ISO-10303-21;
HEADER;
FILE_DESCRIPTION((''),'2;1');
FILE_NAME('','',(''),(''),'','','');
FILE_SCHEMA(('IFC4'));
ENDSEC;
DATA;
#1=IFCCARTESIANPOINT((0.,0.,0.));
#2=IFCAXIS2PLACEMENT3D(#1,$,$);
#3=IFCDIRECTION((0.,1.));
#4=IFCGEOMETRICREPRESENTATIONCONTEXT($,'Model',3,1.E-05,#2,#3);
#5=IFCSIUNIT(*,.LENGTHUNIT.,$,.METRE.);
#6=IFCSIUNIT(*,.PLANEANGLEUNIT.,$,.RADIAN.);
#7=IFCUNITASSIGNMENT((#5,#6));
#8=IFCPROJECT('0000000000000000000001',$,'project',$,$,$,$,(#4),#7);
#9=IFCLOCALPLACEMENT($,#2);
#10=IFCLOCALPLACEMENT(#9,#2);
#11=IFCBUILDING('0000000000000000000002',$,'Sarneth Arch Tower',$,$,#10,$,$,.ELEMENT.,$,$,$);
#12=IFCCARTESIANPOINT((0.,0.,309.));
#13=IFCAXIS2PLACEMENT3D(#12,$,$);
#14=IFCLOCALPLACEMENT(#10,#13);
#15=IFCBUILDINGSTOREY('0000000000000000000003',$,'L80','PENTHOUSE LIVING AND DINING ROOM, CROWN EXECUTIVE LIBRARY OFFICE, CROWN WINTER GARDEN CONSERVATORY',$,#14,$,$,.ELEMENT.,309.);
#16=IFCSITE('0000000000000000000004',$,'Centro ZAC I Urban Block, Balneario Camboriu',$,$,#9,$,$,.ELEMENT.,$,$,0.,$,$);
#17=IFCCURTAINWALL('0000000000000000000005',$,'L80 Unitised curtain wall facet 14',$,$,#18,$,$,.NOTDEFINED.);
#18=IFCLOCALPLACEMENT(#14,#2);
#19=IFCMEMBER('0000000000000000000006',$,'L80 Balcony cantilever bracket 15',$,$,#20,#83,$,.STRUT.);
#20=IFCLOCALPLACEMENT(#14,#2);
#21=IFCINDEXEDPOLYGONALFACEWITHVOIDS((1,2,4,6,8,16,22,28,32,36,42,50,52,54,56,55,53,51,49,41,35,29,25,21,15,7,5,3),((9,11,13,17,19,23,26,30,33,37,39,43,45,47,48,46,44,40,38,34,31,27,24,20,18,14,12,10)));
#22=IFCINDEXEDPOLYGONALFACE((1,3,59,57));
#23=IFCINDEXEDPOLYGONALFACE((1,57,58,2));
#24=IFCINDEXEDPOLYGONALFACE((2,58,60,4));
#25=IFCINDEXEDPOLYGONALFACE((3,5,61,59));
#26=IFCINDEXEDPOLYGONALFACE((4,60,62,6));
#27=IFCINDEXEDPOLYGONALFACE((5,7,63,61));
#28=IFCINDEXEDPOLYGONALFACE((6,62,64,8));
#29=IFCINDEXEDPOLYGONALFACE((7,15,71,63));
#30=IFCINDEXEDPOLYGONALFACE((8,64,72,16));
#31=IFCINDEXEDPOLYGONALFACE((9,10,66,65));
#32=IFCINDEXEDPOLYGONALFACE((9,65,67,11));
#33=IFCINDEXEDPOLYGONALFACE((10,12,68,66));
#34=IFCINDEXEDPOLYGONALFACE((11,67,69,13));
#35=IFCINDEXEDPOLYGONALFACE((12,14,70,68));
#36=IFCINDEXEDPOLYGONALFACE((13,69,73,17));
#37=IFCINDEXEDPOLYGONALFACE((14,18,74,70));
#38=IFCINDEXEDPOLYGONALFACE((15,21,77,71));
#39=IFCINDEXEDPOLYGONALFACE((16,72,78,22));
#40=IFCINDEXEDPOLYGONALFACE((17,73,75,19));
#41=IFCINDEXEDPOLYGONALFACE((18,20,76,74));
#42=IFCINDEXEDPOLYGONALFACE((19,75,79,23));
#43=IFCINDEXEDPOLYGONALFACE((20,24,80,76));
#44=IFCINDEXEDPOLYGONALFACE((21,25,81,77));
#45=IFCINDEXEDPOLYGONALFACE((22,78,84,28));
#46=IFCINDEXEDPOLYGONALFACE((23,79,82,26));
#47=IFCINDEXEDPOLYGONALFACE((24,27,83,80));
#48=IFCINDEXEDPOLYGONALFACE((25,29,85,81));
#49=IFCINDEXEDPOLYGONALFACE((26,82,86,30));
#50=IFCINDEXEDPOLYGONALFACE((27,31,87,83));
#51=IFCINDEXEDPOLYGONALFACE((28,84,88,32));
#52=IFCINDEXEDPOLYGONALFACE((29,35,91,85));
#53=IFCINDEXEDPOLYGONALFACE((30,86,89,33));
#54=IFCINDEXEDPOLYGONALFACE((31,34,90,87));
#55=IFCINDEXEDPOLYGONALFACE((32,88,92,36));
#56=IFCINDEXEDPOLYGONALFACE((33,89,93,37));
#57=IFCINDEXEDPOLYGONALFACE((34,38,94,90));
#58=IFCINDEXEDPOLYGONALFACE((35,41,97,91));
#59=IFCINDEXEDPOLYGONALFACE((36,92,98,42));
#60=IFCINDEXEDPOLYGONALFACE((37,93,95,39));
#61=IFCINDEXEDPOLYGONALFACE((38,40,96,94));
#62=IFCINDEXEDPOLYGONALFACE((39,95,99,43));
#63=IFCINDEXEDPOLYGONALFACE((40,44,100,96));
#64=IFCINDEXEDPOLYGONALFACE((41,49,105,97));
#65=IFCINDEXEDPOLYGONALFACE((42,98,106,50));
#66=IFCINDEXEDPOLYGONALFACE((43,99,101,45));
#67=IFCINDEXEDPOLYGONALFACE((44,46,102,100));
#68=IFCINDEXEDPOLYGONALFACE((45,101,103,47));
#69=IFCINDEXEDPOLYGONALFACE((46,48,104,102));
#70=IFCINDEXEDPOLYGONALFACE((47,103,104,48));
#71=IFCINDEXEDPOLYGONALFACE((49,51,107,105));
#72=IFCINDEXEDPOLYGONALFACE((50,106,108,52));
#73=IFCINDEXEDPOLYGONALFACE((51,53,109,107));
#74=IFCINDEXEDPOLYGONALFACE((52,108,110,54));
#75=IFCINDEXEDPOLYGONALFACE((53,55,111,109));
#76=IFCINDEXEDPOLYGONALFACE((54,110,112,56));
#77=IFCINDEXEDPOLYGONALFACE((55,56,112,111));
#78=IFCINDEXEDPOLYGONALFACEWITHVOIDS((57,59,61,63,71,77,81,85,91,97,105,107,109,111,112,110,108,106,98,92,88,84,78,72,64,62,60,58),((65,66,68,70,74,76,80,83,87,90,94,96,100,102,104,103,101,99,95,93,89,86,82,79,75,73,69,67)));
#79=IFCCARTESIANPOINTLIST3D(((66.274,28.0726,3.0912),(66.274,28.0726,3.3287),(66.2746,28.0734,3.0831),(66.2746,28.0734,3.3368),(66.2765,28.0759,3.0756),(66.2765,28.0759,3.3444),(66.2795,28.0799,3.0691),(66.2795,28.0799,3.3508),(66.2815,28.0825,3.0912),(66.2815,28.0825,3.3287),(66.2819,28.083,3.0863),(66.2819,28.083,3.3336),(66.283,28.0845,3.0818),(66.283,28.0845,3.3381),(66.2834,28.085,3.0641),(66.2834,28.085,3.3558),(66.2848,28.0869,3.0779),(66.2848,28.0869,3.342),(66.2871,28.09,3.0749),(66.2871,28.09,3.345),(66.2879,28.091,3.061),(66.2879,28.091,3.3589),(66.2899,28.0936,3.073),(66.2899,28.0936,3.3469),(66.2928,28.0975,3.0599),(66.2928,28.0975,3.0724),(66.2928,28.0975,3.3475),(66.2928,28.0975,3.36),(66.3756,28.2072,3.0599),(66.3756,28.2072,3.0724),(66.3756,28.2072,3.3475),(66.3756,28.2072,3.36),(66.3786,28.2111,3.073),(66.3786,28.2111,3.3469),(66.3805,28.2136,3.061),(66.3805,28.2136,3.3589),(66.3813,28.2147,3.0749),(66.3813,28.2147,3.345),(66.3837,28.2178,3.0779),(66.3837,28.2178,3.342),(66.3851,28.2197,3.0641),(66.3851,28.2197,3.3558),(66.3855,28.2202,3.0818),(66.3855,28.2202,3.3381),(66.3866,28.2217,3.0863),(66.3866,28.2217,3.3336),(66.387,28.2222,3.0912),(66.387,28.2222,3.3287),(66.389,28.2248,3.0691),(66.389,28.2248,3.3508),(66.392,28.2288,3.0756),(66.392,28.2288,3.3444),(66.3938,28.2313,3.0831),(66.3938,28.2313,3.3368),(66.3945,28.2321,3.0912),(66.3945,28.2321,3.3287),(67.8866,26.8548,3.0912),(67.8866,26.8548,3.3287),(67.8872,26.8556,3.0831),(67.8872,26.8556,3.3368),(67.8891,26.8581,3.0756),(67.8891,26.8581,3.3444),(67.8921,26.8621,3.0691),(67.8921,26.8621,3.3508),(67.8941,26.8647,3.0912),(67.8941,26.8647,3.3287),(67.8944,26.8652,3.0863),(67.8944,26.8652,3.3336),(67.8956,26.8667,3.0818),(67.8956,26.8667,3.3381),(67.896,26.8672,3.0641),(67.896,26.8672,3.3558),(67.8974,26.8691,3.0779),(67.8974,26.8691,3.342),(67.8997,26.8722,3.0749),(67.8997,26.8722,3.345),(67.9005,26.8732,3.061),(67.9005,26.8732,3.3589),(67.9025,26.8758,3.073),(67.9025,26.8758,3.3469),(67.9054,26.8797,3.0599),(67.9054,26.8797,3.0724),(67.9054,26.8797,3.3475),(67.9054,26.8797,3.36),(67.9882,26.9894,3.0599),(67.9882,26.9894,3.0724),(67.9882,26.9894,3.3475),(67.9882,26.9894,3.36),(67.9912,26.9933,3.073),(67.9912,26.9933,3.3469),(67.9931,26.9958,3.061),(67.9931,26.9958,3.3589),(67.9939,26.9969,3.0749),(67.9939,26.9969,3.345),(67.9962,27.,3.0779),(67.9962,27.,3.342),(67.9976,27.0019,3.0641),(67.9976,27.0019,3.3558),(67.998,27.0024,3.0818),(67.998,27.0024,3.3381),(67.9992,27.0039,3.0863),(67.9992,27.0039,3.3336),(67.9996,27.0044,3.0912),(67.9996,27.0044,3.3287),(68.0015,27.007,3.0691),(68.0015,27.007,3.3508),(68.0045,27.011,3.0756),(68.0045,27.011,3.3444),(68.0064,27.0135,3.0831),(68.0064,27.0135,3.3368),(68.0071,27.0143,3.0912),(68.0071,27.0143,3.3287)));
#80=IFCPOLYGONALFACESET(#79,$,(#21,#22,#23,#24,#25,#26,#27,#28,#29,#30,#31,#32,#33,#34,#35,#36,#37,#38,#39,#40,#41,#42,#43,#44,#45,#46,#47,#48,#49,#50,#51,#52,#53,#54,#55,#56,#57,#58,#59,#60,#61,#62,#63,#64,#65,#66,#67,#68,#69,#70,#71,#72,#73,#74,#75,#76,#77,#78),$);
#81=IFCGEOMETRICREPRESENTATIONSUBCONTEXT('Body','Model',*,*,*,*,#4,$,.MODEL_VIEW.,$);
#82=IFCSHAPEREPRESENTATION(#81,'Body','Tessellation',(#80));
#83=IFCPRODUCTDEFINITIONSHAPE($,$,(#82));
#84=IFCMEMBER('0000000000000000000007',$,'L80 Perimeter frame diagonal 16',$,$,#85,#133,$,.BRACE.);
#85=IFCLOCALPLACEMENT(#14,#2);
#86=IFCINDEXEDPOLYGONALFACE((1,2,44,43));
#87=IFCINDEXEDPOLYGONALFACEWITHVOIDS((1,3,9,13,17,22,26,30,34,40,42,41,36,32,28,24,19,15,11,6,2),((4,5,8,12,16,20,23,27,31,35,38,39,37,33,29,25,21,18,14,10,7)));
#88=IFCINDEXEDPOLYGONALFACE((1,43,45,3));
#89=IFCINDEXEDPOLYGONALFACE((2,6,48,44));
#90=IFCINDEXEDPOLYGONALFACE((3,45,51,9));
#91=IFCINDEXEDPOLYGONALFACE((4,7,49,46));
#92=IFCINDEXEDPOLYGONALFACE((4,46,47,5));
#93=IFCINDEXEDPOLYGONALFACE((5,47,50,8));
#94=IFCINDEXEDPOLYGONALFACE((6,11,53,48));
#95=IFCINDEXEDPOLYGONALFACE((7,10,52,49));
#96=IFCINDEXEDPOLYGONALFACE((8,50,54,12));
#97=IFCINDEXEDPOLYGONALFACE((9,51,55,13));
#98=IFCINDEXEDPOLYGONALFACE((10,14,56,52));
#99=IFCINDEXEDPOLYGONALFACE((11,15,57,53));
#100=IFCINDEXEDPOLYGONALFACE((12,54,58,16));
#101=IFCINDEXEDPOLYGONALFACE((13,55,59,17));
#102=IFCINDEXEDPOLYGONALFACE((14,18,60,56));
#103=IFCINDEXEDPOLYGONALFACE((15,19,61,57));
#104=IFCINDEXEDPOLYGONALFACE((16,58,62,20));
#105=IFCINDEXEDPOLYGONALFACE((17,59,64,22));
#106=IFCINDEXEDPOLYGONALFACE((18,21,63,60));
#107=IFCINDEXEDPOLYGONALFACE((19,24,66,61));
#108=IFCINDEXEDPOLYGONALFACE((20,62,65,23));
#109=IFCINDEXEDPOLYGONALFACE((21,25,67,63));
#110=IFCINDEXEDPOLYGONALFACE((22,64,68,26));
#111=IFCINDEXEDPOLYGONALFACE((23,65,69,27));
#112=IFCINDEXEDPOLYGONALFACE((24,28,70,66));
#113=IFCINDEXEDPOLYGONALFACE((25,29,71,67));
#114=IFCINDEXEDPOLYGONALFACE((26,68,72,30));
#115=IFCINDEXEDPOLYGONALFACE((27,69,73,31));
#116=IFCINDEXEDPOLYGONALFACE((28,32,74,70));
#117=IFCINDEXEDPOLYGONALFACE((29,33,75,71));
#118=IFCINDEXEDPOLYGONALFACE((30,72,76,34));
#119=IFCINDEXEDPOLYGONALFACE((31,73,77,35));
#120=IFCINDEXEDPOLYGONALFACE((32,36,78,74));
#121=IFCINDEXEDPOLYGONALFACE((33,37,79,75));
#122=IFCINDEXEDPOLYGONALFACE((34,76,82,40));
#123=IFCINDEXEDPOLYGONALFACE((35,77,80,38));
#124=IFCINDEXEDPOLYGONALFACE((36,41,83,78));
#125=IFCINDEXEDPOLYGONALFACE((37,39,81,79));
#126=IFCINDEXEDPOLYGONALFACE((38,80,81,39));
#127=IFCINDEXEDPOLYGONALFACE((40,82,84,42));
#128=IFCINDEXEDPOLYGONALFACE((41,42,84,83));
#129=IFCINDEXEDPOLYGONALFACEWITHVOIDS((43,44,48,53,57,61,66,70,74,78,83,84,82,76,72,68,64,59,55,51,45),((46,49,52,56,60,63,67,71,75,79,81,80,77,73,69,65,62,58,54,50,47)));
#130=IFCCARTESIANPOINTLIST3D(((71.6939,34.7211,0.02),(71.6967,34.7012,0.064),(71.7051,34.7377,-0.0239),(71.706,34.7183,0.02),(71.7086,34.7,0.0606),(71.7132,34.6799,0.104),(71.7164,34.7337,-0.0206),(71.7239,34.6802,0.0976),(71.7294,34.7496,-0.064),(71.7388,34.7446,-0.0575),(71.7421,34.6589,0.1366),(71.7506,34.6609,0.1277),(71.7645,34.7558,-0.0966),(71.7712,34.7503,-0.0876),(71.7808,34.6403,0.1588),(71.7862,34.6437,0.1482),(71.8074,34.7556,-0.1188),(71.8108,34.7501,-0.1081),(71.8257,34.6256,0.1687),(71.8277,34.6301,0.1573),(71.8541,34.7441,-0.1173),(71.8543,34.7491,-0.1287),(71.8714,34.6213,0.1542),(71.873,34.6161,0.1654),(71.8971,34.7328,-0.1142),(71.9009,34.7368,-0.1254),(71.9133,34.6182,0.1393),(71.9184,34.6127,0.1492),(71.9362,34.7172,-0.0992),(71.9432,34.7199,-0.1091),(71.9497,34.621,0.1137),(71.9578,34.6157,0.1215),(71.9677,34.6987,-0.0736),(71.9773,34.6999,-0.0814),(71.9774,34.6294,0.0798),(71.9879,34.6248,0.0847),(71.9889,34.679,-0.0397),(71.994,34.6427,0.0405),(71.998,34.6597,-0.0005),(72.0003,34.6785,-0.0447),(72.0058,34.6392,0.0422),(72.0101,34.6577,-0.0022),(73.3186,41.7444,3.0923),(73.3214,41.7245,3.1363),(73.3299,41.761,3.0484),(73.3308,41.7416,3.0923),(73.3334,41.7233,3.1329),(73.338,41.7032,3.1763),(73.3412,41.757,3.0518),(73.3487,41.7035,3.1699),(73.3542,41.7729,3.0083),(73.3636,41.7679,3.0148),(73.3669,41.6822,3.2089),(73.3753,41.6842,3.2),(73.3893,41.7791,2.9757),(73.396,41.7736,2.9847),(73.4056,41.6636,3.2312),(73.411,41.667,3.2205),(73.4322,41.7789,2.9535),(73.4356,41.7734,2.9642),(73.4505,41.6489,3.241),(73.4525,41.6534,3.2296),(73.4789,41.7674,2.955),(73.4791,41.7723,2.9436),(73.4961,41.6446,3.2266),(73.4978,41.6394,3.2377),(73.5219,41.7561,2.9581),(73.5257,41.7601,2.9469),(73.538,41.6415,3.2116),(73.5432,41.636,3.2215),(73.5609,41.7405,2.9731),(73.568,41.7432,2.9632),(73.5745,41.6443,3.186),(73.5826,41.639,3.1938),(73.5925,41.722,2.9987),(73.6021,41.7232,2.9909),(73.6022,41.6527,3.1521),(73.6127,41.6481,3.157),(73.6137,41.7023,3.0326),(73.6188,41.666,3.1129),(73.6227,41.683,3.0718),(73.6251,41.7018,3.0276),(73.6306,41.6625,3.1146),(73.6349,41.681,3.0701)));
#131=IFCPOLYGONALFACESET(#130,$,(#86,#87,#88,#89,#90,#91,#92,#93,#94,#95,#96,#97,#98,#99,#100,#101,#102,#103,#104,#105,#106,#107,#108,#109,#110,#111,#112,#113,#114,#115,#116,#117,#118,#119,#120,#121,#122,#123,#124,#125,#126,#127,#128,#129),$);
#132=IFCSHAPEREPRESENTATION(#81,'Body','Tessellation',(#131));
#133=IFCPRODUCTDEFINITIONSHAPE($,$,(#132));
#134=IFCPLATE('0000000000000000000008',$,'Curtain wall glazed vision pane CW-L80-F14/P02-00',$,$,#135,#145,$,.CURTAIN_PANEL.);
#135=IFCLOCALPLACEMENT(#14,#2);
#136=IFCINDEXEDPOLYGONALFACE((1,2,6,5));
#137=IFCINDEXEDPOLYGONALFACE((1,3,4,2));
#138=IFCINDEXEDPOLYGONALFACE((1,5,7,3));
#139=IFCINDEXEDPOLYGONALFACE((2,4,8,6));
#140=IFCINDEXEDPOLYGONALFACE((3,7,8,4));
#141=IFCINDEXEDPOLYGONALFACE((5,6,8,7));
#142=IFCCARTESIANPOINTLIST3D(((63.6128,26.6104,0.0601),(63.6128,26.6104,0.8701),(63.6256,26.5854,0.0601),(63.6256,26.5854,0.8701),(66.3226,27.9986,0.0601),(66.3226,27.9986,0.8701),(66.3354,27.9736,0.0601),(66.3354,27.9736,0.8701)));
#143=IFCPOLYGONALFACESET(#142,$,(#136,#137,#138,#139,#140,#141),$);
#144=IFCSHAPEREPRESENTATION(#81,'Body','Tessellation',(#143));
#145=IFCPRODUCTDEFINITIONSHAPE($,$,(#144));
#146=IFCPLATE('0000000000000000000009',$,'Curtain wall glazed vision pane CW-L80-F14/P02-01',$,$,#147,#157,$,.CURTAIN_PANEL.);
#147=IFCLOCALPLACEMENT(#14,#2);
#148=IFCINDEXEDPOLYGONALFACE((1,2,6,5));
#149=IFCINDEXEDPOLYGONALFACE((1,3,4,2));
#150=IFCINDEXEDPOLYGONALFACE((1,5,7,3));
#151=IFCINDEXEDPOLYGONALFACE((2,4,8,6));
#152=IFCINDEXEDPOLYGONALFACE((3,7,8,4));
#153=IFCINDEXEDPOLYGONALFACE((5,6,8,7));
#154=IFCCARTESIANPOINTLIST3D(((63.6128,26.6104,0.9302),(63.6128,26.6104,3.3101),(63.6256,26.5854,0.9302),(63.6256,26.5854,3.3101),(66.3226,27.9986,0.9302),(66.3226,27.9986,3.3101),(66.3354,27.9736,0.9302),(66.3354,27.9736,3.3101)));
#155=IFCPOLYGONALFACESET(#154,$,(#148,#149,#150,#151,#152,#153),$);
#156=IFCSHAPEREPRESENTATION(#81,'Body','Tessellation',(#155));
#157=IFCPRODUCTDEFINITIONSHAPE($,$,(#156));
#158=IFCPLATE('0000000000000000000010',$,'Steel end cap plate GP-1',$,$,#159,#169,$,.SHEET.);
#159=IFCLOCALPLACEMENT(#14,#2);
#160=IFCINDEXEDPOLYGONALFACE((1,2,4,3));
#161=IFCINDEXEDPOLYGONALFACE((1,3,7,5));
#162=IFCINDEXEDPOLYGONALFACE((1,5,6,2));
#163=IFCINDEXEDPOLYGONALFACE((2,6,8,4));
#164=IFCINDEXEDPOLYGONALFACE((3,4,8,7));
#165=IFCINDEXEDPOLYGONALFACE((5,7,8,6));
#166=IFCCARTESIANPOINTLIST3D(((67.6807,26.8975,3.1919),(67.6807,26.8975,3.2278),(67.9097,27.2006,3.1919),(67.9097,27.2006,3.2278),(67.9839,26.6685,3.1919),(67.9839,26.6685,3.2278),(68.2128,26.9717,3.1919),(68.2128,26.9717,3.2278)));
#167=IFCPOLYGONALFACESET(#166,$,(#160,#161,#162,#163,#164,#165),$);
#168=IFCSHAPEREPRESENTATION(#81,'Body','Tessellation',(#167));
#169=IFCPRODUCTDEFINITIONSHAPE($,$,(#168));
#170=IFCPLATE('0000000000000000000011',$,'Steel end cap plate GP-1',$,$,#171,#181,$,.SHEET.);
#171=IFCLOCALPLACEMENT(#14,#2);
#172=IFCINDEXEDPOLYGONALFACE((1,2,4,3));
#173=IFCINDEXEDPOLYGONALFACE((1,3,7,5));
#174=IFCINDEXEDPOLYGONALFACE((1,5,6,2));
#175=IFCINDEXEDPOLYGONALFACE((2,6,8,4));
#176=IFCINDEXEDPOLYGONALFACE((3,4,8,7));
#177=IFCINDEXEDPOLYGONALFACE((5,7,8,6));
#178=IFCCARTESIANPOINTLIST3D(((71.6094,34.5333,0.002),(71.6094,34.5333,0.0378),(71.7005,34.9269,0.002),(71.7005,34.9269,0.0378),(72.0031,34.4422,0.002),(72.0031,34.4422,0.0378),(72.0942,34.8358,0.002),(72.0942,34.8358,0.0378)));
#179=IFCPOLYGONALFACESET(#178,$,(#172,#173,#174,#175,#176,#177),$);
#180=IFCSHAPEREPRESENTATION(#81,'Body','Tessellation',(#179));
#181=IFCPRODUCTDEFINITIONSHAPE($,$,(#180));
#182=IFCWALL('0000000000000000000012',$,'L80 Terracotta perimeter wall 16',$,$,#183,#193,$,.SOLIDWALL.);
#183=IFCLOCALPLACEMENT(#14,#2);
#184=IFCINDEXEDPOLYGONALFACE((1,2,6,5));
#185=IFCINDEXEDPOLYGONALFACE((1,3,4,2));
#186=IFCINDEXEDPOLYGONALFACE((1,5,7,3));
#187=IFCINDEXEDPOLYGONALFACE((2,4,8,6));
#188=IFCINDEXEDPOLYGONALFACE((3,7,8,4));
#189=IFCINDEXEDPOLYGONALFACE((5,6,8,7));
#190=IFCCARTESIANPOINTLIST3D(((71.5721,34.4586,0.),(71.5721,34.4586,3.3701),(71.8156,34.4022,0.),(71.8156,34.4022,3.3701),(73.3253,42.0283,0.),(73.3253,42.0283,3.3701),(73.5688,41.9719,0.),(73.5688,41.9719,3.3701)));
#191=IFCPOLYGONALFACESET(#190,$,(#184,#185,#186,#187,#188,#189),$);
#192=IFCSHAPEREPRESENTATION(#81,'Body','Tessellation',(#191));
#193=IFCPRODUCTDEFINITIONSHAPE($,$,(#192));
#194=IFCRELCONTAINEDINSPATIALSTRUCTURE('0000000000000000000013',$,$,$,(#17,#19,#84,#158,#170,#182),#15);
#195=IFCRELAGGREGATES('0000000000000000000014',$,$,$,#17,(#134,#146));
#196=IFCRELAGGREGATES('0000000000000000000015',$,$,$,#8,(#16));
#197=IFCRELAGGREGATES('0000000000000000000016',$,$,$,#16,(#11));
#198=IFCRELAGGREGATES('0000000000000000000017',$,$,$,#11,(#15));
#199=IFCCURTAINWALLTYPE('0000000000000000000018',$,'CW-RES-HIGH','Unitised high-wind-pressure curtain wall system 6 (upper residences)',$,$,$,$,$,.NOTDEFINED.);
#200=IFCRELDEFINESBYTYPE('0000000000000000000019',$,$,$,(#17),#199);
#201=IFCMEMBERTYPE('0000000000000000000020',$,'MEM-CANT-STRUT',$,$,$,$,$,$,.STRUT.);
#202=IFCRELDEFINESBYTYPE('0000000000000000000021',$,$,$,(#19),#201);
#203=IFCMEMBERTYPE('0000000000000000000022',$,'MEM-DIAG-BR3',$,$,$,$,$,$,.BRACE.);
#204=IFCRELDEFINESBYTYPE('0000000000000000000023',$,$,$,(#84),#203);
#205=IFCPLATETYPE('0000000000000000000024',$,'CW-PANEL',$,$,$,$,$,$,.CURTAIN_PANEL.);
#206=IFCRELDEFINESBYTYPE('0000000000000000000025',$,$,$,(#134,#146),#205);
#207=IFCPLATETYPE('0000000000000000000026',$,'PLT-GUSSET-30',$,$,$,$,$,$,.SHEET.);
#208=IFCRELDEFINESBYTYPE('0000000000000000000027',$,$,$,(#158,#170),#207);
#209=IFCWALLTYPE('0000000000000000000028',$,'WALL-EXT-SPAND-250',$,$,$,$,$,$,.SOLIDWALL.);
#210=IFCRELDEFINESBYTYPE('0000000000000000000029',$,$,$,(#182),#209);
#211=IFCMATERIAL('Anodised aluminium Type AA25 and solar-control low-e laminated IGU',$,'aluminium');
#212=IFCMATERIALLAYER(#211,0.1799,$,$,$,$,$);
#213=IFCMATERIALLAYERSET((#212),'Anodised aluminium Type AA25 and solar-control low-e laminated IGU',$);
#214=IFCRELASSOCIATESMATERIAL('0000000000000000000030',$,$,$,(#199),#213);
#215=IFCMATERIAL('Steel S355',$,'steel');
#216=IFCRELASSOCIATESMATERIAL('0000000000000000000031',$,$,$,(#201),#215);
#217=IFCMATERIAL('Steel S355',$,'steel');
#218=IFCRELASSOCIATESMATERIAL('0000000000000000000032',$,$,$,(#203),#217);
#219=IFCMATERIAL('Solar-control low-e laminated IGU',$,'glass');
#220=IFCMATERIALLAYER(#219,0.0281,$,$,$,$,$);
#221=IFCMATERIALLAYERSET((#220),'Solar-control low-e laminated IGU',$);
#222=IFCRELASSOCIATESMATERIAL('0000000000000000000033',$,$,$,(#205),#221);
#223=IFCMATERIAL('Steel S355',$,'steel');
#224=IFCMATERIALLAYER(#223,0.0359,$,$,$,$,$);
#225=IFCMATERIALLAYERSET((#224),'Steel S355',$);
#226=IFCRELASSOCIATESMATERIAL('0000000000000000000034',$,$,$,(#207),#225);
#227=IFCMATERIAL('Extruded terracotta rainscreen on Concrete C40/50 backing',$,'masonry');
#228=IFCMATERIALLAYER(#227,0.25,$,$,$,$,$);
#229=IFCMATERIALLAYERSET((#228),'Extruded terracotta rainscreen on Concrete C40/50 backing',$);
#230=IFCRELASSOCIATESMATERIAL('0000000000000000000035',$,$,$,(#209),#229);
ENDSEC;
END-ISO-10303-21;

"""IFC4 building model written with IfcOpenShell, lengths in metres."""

from ifc_helpers import new_model, si_unit, direction, frame, frame_2d, origin, origin_2d, place, context, subcontext, project, spatial, rectangle, hollow_rectangle, hollow_circle, extrude, material, layer, layer_set, material_profile, profile_set, type_object, element, aggregate, save


model = new_model("IFC4")

# Units and contexts
model_context = context("Model", 3, precision=1e-05, world=origin(), true_north=direction((0.0, 1.0)))
body_context = subcontext(model_context, "Body", "Model", "MODEL_VIEW")
ifc_project = project(units=[si_unit("LENGTHUNIT", "METRE"), si_unit("PLANEANGLEUNIT", "RADIAN")], contexts=[model_context])

# Site, building, storey
site_placement = place(None, origin())
site = spatial("IfcSite", under=ifc_project, at=site_placement, Name="Centro ZAC I Urban Block, Balneario Camboriu", CompositionType="ELEMENT", RefElevation=0.0)
building_placement = place(site_placement, origin())
building = spatial("IfcBuilding", under=site, at=building_placement, Name="Sarneth Arch Tower", CompositionType="ELEMENT")
storey_placement = place(building_placement, frame((0.0, 0.0, 309.0)))
storey = spatial("IfcBuildingStorey", under=building, at=storey_placement, Name="L80", Description="PENTHOUSE LIVING AND DINING ROOM, CROWN EXECUTIVE LIBRARY OFFICE, CROWN WINTER GARDEN CONSERVATORY", CompositionType="ELEMENT", Elevation=309.0)

# Curtain wall
ifc_material_1 = material(Name="Anodised aluminium Type AA25 and solar-control low-e laminated IGU", Category="aluminium")
ifc_layer_1 = layer(ifc_material_1, 0.1799)
ifc_layer_set_1 = layer_set([ifc_layer_1], Name="Anodised aluminium Type AA25 and solar-control low-e laminated IGU")
curtain_wall_type = type_object("IfcCurtainWallType", Name="CW-RES-HIGH", Description="Unitised high-wind-pressure curtain wall system 6 (upper residences)", PredefinedType="NOTDEFINED", material=ifc_layer_set_1)
curtain_wall_placement = place(storey_placement, origin())
curtain_wall = element("IfcCurtainWall", 1, at=curtain_wall_placement, inside=storey, type_object=curtain_wall_type, Name="L80 Unitised curtain wall facet 14", PredefinedType="NOTDEFINED")

# Members
ifc_material_2 = material(Name="Steel S355", Category="steel")
ifc_material_profile_1 = material_profile(ifc_material_2, hollow_rectangle(XDim=0.2, YDim=0.3, WallThickness=0.0125, InnerFilletRadius=0.0188, OuterFilletRadius=0.0312, at=origin_2d()), Name="RHS300x200x12.5")
ifc_profile_set_1 = profile_set([ifc_material_profile_1], Name="Steel S355")
member_type_1 = type_object("IfcMemberType", Name="MEM-CANT-STRUT", PredefinedType="STRUT", material=ifc_profile_set_1)
member_1_placement = place(storey_placement, frame((66.3342, 28.1523, 3.21), z_axis=(0.798009, -0.602645, 0.0), x_axis=(0.602645, 0.798009, 0.0)))
element("IfcMember", 2, at=member_1_placement, inside=storey, type_object=member_type_1, Name="L80 Balcony cantilever bracket 15", PredefinedType="STRUT", context=body_context, shape_type="SweptSolid", body=[
    extrude(hollow_rectangle(XDim=0.2, YDim=0.3, WallThickness=0.0125, InnerFilletRadius=0.0188, OuterFilletRadius=0.0312, at=origin_2d()), origin(), (0.0, 0.0, 1.0), 2.0208),
])
ifc_material_3 = material(Name="Steel S355", Category="steel")
ifc_material_profile_2 = material_profile(ifc_material_3, hollow_circle(Radius=0.1621, WallThickness=0.0125, at=origin_2d()), Name="CHS324x12.5")
ifc_profile_set_2 = profile_set([ifc_material_profile_2], Name="Steel S355")
member_type_2 = type_object("IfcMemberType", Name="MEM-DIAG-BR3", PredefinedType="BRACE", material=ifc_profile_set_2)
member_2_placement = place(storey_placement, frame((71.8518, 34.6846, 0.02), z_axis=(0.207343, 0.896265, 0.392067), x_axis=(-0.974269, 0.225389, 0.0)))
element("IfcMember", 3, at=member_2_placement, inside=storey, type_object=member_type_2, Name="L80 Perimeter frame diagonal 16", PredefinedType="BRACE", context=body_context, shape_type="SweptSolid", body=[
    extrude(hollow_circle(Radius=0.1621, WallThickness=0.0125, at=origin_2d()), origin(), (0.0, 0.0, 1.0), 7.8362),
])

# Plates
ifc_material_4 = material(Name="Solar-control low-e laminated IGU", Category="glass")
ifc_layer_2 = layer(ifc_material_4, 0.0281)
ifc_layer_set_2 = layer_set([ifc_layer_2], Name="Solar-control low-e laminated IGU")
plate_type_1 = type_object("IfcPlateType", Name="CW-PANEL", PredefinedType="CURTAIN_PANEL", material=ifc_layer_set_2)
plate_1_placement = place(storey_placement, frame((64.9741, 27.292, 0.0601), z_axis=(0.0, 0.0, 1.0), x_axis=(0.89001, 0.455942, 0.0)))
plate_1 = element("IfcPlate", 4, at=plate_1_placement, type_object=plate_type_1, Name="Curtain wall glazed vision pane CW-L80-F14/P02-00", PredefinedType="CURTAIN_PANEL", context=body_context, shape_type="SweptSolid", body=[
    extrude(rectangle(XDim=3.0447, YDim=0.0281, at=origin_2d()), origin(), (0.0, 0.0, 1.0), 0.8101),
])
plate_2_placement = place(storey_placement, frame((64.9741, 27.292, 0.9302), z_axis=(0.0, 0.0, 1.0), x_axis=(0.89001, 0.455942, 0.0)))
plate_2 = element("IfcPlate", 5, at=plate_2_placement, type_object=plate_type_1, Name="Curtain wall glazed vision pane CW-L80-F14/P02-01", PredefinedType="CURTAIN_PANEL", context=body_context, shape_type="SweptSolid", body=[
    extrude(rectangle(XDim=3.0447, YDim=0.0281, at=origin_2d()), origin(), (0.0, 0.0, 1.0), 2.3799),
])
aggregate(curtain_wall, [plate_1, plate_2])

# Plates
ifc_material_5 = material(Name="Steel S355", Category="steel")
ifc_layer_3 = layer(ifc_material_5, 0.0359)
ifc_layer_set_3 = layer_set([ifc_layer_3], Name="Steel S355")
plate_type_2 = type_object("IfcPlateType", Name="PLT-GUSSET-30", PredefinedType="SHEET", material=ifc_layer_set_3)
plate_3_placement = place(storey_placement, frame((67.9468, 26.9346, 3.1919), z_axis=(0.0, 0.0, 1.0), x_axis=(0.798005, -0.602651, 0.0)))
element("IfcPlate", 6, at=plate_3_placement, inside=storey, type_object=plate_type_2, Name="Steel end cap plate GP-1", PredefinedType="SHEET", context=body_context, shape_type="SweptSolid", body=[
    extrude(rectangle(XDim=0.3799, YDim=0.3799, at=origin_2d()), origin(), (0.0, 0.0, 1.0), 0.0359),
])
plate_4_placement = place(storey_placement, frame((71.8518, 34.6846, 0.002), z_axis=(0.0, 0.0, 1.0), x_axis=(0.225461, 0.974252, 0.0)))
element("IfcPlate", 7, at=plate_4_placement, inside=storey, type_object=plate_type_2, Name="Steel end cap plate GP-1", PredefinedType="SHEET", context=body_context, shape_type="SweptSolid", body=[
    extrude(rectangle(XDim=0.4041, YDim=0.4041, at=origin_2d()), origin(), (0.0, 0.0, 1.0), 0.0359),
])

# Wall
ifc_material_6 = material(Name="Extruded terracotta rainscreen on Concrete C40/50 backing", Category="masonry")
ifc_layer_4 = layer(ifc_material_6, 0.25)
ifc_layer_set_4 = layer_set([ifc_layer_4], Name="Extruded terracotta rainscreen on Concrete C40/50 backing")
wall_type_1 = type_object("IfcWallType", Name="WALL-EXT-SPAND-250", PredefinedType="SOLIDWALL", material=ifc_layer_set_4)
wall_1_placement = place(storey_placement, frame((71.6938, 34.4304, 0.0), z_axis=(0.0, 0.0, 1.0), x_axis=(0.225635, 0.974212, 0.0)))
element("IfcWall", 8, at=wall_1_placement, inside=storey, type_object=wall_type_1, Name="L80 Terracotta perimeter wall 16", PredefinedType="SOLIDWALL", context=body_context, shape_type="SweptSolid", body=[
    extrude(rectangle(XDim=7.77, YDim=0.25, at=frame_2d((3.885, 0.0))), origin(), (0.0, 0.0, 1.0), 3.3701),
])

save(model, "model.ifc")
